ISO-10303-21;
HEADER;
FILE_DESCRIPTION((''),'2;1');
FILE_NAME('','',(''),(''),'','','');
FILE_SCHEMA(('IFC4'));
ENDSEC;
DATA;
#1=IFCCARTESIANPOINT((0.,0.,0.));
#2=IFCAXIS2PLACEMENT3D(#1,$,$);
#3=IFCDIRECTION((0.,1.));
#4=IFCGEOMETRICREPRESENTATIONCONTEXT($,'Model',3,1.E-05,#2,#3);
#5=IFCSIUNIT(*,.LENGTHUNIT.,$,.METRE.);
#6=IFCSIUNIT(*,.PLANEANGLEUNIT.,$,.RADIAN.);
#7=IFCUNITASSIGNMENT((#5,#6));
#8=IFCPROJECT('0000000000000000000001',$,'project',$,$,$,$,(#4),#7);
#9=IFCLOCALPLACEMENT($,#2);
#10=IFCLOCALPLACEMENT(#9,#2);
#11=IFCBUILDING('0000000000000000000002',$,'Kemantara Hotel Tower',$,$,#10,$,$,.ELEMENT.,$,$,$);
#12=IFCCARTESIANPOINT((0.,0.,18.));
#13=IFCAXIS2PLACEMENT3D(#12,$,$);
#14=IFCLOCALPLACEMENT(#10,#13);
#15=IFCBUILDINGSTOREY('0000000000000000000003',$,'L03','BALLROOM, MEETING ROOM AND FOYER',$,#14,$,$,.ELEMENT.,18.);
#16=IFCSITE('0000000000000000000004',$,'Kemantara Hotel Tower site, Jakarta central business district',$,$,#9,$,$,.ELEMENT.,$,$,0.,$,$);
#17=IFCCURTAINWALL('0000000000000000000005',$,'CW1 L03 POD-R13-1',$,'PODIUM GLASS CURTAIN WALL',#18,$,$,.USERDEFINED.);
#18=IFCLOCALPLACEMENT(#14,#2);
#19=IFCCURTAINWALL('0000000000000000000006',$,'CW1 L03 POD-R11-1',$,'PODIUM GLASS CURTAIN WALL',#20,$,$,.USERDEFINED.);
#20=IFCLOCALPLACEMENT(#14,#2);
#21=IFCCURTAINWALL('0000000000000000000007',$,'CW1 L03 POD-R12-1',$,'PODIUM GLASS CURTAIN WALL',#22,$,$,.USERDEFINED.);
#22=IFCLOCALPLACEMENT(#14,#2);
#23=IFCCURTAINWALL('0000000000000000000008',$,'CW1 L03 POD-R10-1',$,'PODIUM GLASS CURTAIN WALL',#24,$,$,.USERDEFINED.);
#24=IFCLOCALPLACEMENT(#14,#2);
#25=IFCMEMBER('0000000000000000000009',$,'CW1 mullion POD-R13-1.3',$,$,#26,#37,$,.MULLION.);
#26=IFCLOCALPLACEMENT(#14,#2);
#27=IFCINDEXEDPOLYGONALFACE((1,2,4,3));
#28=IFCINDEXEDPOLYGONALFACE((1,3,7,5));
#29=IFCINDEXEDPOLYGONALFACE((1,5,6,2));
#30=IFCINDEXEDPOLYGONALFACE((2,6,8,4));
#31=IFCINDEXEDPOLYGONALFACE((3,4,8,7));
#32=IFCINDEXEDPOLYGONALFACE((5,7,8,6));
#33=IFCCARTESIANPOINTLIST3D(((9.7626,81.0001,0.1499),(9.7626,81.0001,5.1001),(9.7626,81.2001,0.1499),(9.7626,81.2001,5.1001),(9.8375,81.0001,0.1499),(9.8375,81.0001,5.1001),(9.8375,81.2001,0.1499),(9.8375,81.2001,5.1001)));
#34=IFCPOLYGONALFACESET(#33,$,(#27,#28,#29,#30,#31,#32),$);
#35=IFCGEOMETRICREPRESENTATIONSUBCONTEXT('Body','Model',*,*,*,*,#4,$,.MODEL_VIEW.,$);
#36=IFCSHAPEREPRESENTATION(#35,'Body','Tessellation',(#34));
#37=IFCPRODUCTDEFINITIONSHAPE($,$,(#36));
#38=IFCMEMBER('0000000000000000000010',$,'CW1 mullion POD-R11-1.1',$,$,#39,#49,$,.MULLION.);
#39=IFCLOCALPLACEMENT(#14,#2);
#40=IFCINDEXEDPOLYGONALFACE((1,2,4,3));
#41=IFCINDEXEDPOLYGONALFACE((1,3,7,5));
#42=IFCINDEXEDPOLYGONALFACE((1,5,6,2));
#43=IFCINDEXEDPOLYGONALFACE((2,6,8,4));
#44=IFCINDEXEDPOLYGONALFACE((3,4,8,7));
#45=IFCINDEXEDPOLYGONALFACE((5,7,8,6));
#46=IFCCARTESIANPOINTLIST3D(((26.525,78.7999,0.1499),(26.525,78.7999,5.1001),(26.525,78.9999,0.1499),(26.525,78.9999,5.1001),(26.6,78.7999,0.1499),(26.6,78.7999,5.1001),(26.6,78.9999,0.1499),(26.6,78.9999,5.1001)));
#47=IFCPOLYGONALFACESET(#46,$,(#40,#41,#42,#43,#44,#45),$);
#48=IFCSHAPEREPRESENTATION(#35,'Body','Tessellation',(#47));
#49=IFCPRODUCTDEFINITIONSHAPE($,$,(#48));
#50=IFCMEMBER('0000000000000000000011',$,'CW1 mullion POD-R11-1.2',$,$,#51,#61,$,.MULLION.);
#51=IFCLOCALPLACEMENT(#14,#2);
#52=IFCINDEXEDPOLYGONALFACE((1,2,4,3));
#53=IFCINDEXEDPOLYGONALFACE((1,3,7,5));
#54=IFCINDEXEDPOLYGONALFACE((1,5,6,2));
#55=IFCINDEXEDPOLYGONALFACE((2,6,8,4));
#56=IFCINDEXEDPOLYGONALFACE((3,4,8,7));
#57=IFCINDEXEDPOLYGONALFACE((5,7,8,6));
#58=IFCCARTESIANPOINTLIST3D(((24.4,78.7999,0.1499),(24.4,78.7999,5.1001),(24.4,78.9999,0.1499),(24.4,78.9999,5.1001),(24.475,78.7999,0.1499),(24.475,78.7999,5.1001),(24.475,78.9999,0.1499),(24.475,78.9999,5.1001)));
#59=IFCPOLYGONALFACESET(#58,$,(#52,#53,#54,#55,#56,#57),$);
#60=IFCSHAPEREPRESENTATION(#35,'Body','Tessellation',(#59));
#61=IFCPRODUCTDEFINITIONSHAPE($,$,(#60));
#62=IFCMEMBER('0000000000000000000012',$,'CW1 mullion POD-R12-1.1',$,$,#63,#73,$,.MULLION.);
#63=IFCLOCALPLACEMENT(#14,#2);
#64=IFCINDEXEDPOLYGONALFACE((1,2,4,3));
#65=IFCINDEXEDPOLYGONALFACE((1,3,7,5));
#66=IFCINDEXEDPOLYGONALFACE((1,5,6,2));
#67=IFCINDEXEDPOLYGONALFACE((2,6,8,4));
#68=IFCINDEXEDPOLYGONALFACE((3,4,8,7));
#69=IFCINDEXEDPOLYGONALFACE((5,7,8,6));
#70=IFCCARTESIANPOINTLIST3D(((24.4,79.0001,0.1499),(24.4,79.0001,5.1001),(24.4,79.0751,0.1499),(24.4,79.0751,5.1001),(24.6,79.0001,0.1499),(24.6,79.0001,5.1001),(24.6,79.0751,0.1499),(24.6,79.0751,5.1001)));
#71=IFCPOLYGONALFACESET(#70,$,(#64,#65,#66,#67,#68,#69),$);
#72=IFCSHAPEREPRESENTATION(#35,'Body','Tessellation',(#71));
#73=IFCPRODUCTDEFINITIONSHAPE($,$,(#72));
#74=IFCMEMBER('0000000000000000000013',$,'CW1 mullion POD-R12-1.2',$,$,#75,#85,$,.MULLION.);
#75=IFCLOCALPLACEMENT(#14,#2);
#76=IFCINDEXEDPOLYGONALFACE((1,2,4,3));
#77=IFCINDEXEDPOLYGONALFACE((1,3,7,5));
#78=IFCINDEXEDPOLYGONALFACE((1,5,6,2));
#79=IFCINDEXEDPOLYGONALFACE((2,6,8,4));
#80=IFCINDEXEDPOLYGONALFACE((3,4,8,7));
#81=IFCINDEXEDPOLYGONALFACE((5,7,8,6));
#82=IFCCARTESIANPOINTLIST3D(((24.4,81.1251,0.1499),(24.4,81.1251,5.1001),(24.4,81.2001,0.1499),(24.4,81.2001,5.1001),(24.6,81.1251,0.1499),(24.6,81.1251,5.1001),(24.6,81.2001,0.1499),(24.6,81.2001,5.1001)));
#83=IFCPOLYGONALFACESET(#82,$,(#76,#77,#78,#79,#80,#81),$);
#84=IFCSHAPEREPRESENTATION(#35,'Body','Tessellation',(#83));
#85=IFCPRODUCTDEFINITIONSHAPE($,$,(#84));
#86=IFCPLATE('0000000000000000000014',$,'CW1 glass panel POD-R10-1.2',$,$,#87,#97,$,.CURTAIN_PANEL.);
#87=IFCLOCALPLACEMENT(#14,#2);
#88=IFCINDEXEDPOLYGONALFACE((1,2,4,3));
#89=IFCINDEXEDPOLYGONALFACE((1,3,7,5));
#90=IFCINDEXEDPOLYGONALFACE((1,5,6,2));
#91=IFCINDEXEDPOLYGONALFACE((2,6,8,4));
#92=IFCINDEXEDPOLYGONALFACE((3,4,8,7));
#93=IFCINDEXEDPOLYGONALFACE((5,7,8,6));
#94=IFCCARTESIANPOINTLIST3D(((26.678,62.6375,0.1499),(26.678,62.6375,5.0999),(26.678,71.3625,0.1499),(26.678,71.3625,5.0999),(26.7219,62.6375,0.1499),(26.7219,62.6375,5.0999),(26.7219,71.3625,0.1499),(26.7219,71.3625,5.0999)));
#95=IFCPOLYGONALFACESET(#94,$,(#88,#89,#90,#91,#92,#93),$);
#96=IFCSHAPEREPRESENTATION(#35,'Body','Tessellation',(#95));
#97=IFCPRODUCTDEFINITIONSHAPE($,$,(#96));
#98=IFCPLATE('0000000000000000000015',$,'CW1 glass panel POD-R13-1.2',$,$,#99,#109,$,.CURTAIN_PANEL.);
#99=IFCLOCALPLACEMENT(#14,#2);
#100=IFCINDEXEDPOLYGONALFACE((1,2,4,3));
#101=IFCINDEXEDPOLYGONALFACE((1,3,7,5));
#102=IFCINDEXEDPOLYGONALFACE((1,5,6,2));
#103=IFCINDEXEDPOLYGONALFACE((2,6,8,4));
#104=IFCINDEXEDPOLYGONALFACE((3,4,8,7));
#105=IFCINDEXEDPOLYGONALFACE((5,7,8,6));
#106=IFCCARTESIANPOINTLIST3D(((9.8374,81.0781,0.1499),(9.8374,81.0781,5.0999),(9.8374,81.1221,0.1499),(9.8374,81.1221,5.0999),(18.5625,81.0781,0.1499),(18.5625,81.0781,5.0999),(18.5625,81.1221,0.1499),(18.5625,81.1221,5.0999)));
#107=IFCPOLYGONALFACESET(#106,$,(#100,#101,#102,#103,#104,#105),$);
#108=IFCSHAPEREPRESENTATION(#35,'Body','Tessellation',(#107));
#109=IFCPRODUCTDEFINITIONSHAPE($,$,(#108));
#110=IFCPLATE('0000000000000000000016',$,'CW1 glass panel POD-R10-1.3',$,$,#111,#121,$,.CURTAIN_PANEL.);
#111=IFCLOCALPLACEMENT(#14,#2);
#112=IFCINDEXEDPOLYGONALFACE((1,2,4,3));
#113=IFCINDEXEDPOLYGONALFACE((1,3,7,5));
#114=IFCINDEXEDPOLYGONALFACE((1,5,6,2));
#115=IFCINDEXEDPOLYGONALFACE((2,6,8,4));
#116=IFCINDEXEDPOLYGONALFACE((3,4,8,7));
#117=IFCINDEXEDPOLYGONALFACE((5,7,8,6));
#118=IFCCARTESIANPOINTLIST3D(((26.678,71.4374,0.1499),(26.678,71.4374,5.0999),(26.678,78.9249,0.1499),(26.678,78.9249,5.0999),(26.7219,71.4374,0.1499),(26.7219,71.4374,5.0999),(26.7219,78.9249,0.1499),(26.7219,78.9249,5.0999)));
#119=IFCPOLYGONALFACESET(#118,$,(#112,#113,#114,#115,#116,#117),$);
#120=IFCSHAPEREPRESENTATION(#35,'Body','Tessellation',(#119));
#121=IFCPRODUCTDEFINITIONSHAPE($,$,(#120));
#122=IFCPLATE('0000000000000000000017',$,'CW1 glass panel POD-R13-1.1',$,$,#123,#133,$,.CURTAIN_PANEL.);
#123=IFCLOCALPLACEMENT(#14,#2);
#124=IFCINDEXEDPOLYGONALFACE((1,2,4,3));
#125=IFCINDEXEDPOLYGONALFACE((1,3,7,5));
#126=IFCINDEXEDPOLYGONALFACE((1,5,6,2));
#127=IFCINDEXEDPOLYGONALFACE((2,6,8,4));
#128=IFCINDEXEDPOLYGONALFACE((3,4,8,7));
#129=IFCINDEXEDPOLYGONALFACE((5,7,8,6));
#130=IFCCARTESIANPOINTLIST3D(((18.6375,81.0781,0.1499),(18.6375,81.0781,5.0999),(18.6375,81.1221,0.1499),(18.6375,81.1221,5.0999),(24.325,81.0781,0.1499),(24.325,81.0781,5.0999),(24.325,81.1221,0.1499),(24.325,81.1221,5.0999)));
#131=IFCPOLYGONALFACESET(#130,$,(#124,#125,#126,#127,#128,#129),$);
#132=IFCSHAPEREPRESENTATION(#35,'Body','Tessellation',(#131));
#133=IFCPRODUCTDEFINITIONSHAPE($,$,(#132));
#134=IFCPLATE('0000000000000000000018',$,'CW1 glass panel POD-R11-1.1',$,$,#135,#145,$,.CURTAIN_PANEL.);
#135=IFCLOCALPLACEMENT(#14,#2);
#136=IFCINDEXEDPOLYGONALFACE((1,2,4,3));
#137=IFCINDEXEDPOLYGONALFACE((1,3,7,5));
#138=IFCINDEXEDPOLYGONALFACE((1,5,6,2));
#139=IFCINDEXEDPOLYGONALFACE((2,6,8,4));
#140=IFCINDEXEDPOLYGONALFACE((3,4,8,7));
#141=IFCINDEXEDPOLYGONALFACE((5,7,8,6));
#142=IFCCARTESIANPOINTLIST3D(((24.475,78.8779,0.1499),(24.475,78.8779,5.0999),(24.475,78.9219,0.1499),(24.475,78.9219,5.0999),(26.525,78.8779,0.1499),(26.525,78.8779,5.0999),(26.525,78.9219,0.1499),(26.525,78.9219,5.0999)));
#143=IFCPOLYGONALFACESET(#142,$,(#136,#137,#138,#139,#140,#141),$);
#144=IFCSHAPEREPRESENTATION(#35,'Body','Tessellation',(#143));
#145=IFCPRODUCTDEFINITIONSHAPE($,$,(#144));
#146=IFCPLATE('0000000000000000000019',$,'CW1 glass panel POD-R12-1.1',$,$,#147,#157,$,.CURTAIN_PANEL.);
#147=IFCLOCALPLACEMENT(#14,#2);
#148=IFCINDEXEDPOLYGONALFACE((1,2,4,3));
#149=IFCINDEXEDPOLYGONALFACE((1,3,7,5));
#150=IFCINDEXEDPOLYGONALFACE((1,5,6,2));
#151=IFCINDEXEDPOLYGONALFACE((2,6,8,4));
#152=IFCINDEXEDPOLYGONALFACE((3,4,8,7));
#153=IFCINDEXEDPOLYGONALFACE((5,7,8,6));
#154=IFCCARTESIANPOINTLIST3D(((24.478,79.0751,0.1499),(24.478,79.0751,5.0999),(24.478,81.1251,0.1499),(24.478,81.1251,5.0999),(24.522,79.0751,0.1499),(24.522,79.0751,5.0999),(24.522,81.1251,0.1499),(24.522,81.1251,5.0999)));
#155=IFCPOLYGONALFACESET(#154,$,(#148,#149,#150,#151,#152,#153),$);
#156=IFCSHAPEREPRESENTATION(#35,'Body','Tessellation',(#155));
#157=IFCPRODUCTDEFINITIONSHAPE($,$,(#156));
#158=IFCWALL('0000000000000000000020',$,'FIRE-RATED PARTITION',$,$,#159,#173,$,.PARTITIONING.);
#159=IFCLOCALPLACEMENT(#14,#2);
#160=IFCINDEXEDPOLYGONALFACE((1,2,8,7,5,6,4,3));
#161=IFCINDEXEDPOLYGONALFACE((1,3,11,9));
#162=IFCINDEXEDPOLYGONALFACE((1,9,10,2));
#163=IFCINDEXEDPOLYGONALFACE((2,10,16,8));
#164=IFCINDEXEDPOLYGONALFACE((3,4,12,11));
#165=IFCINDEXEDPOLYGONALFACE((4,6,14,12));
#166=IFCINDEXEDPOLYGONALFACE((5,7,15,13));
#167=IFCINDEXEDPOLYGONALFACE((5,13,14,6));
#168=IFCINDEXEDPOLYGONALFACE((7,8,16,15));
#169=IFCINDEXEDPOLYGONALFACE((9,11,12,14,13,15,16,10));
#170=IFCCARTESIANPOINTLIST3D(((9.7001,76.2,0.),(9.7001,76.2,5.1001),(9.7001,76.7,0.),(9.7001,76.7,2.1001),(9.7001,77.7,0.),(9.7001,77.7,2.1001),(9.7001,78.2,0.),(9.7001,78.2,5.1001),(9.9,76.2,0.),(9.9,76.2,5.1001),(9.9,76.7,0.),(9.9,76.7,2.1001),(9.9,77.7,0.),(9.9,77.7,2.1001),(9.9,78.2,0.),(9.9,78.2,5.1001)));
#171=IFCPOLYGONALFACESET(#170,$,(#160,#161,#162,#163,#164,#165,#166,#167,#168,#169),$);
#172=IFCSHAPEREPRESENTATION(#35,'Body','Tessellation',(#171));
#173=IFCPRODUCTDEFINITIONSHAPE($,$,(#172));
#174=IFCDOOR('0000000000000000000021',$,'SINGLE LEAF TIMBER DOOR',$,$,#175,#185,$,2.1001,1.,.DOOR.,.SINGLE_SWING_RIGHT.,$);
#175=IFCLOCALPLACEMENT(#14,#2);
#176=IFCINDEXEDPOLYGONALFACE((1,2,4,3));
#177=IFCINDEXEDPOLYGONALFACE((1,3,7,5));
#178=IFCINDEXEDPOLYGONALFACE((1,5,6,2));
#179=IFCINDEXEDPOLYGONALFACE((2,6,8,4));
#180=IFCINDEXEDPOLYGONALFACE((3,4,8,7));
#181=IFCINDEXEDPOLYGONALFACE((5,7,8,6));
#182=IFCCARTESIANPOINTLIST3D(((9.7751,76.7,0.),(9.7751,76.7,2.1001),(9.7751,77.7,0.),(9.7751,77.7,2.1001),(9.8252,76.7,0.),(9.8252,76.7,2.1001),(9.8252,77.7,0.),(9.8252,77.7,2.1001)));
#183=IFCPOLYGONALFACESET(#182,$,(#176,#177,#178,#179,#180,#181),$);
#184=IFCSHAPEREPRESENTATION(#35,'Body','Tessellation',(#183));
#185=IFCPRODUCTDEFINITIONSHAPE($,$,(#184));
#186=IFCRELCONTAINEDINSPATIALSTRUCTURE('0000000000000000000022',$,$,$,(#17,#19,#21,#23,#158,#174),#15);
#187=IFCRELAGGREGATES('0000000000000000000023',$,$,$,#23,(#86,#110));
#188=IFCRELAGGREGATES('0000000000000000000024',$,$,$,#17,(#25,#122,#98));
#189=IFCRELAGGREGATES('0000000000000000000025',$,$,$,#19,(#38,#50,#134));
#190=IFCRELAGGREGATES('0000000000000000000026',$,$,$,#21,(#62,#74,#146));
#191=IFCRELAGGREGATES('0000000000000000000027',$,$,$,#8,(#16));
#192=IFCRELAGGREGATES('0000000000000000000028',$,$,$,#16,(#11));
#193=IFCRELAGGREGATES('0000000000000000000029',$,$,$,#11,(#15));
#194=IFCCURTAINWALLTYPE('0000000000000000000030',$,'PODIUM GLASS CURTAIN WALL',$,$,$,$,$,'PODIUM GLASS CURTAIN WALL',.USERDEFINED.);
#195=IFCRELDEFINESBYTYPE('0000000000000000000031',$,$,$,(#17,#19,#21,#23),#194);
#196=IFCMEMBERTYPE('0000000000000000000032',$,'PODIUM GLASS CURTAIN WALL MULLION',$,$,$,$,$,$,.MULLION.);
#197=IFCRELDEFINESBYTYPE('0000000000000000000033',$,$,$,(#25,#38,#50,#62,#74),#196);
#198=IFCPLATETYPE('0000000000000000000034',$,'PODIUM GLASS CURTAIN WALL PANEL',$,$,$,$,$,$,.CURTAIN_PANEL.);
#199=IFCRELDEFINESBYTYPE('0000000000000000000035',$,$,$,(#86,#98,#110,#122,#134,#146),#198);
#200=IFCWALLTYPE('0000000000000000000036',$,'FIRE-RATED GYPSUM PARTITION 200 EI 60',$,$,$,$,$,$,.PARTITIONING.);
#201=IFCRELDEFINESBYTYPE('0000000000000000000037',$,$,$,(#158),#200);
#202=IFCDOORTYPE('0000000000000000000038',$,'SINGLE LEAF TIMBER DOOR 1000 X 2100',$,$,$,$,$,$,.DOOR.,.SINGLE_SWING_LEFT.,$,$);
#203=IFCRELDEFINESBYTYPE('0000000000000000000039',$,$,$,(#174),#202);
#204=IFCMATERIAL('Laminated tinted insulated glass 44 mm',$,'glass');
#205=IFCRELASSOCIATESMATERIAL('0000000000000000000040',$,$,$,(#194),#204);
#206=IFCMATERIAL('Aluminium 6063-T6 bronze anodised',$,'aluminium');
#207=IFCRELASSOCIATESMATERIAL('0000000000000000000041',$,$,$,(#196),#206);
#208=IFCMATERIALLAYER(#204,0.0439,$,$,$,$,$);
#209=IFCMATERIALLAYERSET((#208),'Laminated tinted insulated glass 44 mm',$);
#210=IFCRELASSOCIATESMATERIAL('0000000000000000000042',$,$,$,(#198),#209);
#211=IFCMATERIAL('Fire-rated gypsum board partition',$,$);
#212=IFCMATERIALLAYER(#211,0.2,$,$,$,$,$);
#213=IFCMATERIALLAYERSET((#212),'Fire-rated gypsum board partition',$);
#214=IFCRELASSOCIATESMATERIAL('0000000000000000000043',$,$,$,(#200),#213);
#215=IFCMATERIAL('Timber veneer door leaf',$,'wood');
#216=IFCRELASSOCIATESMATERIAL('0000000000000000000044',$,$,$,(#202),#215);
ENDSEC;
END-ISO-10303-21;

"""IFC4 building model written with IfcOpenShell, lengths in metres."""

from ifc_helpers import new_model, si_unit, direction, frame, frame_2d, origin, origin_2d, place, context, subcontext, project, spatial, rectangle, extrude, source, transform, mapped, material, layer, layer_set, material_profile, profile_set, type_object, element, fill, aggregate, save


model = new_model("IFC4")

# Units and contexts
model_context = context("Model", 3, precision=1e-05, world=origin(), true_north=direction((0.0, 1.0)))
body_context = subcontext(model_context, "Body", "Model", "MODEL_VIEW")
ifc_project = project(units=[si_unit("LENGTHUNIT", "METRE"), si_unit("PLANEANGLEUNIT", "RADIAN")], contexts=[model_context])

# Site, building, storey
site_placement = place(None, origin())
site = spatial("IfcSite", under=ifc_project, at=site_placement, Name="Kemantara Hotel Tower site, Jakarta central business district", CompositionType="ELEMENT", RefElevation=0.0)
building_placement = place(site_placement, origin())
building = spatial("IfcBuilding", under=site, at=building_placement, Name="Kemantara Hotel Tower", CompositionType="ELEMENT")
storey_placement = place(building_placement, frame((0.0, 0.0, 18.0)))
storey = spatial("IfcBuildingStorey", under=building, at=storey_placement, Name="L03", Description="BALLROOM, MEETING ROOM AND FOYER", CompositionType="ELEMENT", Elevation=18.0)

# Curtain walls
ifc_material_1 = material(Name="Laminated tinted insulated glass 44 mm", Category="glass")
curtain_wall_type = type_object("IfcCurtainWallType", Name="PODIUM GLASS CURTAIN WALL", ElementType="PODIUM GLASS CURTAIN WALL", PredefinedType="USERDEFINED", material=ifc_material_1)
curtain_wall_1_placement = place(storey_placement, origin())
curtain_wall_1 = element("IfcCurtainWall", 1, at=curtain_wall_1_placement, inside=storey, type_object=curtain_wall_type, Name="CW1 L03 POD-R13-1", ObjectType="PODIUM GLASS CURTAIN WALL", PredefinedType="USERDEFINED")
ifc_material_2 = material(Name="Aluminium 6063-T6 bronze anodised", Category="aluminium")
curtain_wall_2_placement = place(storey_placement, origin())
curtain_wall_2 = element("IfcCurtainWall", 2, at=curtain_wall_2_placement, inside=storey, type_object=curtain_wall_type, Name="CW1 L03 POD-R11-1", ObjectType="PODIUM GLASS CURTAIN WALL", PredefinedType="USERDEFINED")
curtain_wall_3_placement = place(storey_placement, origin())
curtain_wall_3 = element("IfcCurtainWall", 3, at=curtain_wall_3_placement, inside=storey, type_object=curtain_wall_type, Name="CW1 L03 POD-R12-1", ObjectType="PODIUM GLASS CURTAIN WALL", PredefinedType="USERDEFINED")

# Curtain wall
curtain_wall_4_placement = place(storey_placement, origin())
curtain_wall_4 = element("IfcCurtainWall", 4, at=curtain_wall_4_placement, inside=storey, type_object=curtain_wall_type, Name="CW1 L03 POD-R10-1", ObjectType="PODIUM GLASS CURTAIN WALL", PredefinedType="USERDEFINED")
ifc_material_profile_1 = material_profile(ifc_material_2, rectangle(XDim=0.2, YDim=0.075, at=origin_2d()), Name="PODIUM GLASS CURTAIN WALL MULLION")
ifc_profile_set_1 = profile_set([ifc_material_profile_1], Name="Aluminium 6063-T6 bronze anodised")
member_type_1 = type_object("IfcMemberType", Name="PODIUM GLASS CURTAIN WALL MULLION", PredefinedType="MULLION", material=ifc_profile_set_1)
shared_shape_1 = source(origin(), body_context, "Body", "SweptSolid", [
    extrude(rectangle(XDim=0.2, YDim=0.075, at=origin_2d()), origin(), (0.0, 0.0, 1.0), 4.9502),
])

# Members
member_1_placement = place(storey_placement, frame((9.8, 81.1001, 0.1499), z_axis=(0.0, 0.0, 1.0), x_axis=(0.0, -1.0, 0.0)))
member_1 = element("IfcMember", 5, at=member_1_placement, type_object=member_type_1, Name="CW1 mullion POD-R13-1.3", PredefinedType="MULLION", context=body_context, shape_type="MappedRepresentation", body=[
    mapped(shared_shape_1, transform((0.0, 0.0, 0.0))),
])
member_2_placement = place(storey_placement, frame((26.5625, 78.8999, 0.1499), z_axis=(0.0, 0.0, 1.0), x_axis=(0.0, -1.0, 0.0)))
member_2 = element("IfcMember", 6, at=member_2_placement, type_object=member_type_1, Name="CW1 mullion POD-R11-1.1", PredefinedType="MULLION", context=body_context, shape_type="MappedRepresentation", body=[
    mapped(shared_shape_1, transform((0.0, 0.0, 0.0))),
])
member_3_placement = place(storey_placement, frame((24.4375, 78.8999, 0.1499), z_axis=(0.0, 0.0, 1.0), x_axis=(0.0, -1.0, 0.0)))
member_3 = element("IfcMember", 7, at=member_3_placement, type_object=member_type_1, Name="CW1 mullion POD-R11-1.2", PredefinedType="MULLION", context=body_context, shape_type="MappedRepresentation", body=[
    mapped(shared_shape_1, transform((0.0, 0.0, 0.0))),
])
member_4_placement = place(storey_placement, frame((24.5, 79.0376, 0.1499), z_axis=(0.0, 0.0, 1.0), x_axis=(-1.0, 0.0, 0.0)))
member_4 = element("IfcMember", 8, at=member_4_placement, type_object=member_type_1, Name="CW1 mullion POD-R12-1.1", PredefinedType="MULLION", context=body_context, shape_type="MappedRepresentation", body=[
    mapped(shared_shape_1, transform((0.0, 0.0, 0.0))),
])
member_5_placement = place(storey_placement, frame((24.5, 81.1626, 0.1499), z_axis=(0.0, 0.0, 1.0), x_axis=(-1.0, 0.0, 0.0)))
member_5 = element("IfcMember", 9, at=member_5_placement, type_object=member_type_1, Name="CW1 mullion POD-R12-1.2", PredefinedType="MULLION", context=body_context, shape_type="MappedRepresentation", body=[
    mapped(shared_shape_1, transform((0.0, 0.0, 0.0))),
])

# Plates
ifc_layer_1 = layer(ifc_material_1, 0.0439)
ifc_layer_set_1 = layer_set([ifc_layer_1], Name="Laminated tinted insulated glass 44 mm")
plate_type = type_object("IfcPlateType", Name="PODIUM GLASS CURTAIN WALL PANEL", PredefinedType="CURTAIN_PANEL", material=ifc_layer_set_1)
shared_shape_2 = source(origin(), body_context, "Body", "SweptSolid", [
    extrude(rectangle(XDim=8.7251, YDim=0.0439, at=origin_2d()), origin(), (0.0, 0.0, 1.0), 4.95),
])
plate_1_placement = place(storey_placement, frame((26.7, 67.0, 0.1499), z_axis=(0.0, 0.0, 1.0), x_axis=(0.0, 1.0, 0.0)))
plate_1 = element("IfcPlate", 10, at=plate_1_placement, type_object=plate_type, Name="CW1 glass panel POD-R10-1.2", PredefinedType="CURTAIN_PANEL", context=body_context, shape_type="MappedRepresentation", body=[
    mapped(shared_shape_2, transform((0.0, 0.0, 0.0))),
])
plate_2_placement = place(storey_placement, frame((14.2, 81.1001, 0.1499), z_axis=(0.0, 0.0, 1.0), x_axis=(-1.0, 0.0, 0.0)))
plate_2 = element("IfcPlate", 11, at=plate_2_placement, type_object=plate_type, Name="CW1 glass panel POD-R13-1.2", PredefinedType="CURTAIN_PANEL", context=body_context, shape_type="MappedRepresentation", body=[
    mapped(shared_shape_2, transform((0.0, 0.0, 0.0))),
])
shared_shape_3 = source(origin(), body_context, "Body", "SweptSolid", [
    extrude(rectangle(XDim=7.4875, YDim=0.0439, at=origin_2d()), origin(), (0.0, 0.0, 1.0), 4.95),
])
plate_3_placement = place(storey_placement, frame((26.7, 75.1812, 0.1499), z_axis=(0.0, 0.0, 1.0), x_axis=(0.0, 1.0, 0.0)))
plate_3 = element("IfcPlate", 12, at=plate_3_placement, type_object=plate_type, Name="CW1 glass panel POD-R10-1.3", PredefinedType="CURTAIN_PANEL", context=body_context, shape_type="MappedRepresentation", body=[
    mapped(shared_shape_3, transform((0.0, 0.0, 0.0))),
])
aggregate(curtain_wall_4, [plate_1, plate_3])
shared_shape_4 = source(origin(), body_context, "Body", "SweptSolid", [
    extrude(rectangle(XDim=5.6875, YDim=0.0439, at=origin_2d()), origin(), (0.0, 0.0, 1.0), 4.95),
])
plate_4_placement = place(storey_placement, frame((21.4812, 81.1001, 0.1499), z_axis=(0.0, 0.0, 1.0), x_axis=(-1.0, 0.0, 0.0)))
plate_4 = element("IfcPlate", 13, at=plate_4_placement, type_object=plate_type, Name="CW1 glass panel POD-R13-1.1", PredefinedType="CURTAIN_PANEL", context=body_context, shape_type="MappedRepresentation", body=[
    mapped(shared_shape_4, transform((0.0, 0.0, 0.0))),
])
aggregate(curtain_wall_1, [member_1, plate_4, plate_2])
shared_shape_5 = source(origin(), body_context, "Body", "SweptSolid", [
    extrude(rectangle(XDim=2.05, YDim=0.0439, at=origin_2d()), origin(), (0.0, 0.0, 1.0), 4.95),
])
plate_5_placement = place(storey_placement, frame((25.5, 78.8999, 0.1499), z_axis=(0.0, 0.0, 1.0), x_axis=(-1.0, 0.0, 0.0)))
plate_5 = element("IfcPlate", 14, at=plate_5_placement, type_object=plate_type, Name="CW1 glass panel POD-R11-1.1", PredefinedType="CURTAIN_PANEL", context=body_context, shape_type="MappedRepresentation", body=[
    mapped(shared_shape_5, transform((0.0, 0.0, 0.0))),
])
aggregate(curtain_wall_2, [member_2, member_3, plate_5])
plate_6_placement = place(storey_placement, frame((24.5, 80.1001, 0.1499), z_axis=(0.0, 0.0, 1.0), x_axis=(0.0, 1.0, 0.0)))
plate_6 = element("IfcPlate", 15, at=plate_6_placement, type_object=plate_type, Name="CW1 glass panel POD-R12-1.1", PredefinedType="CURTAIN_PANEL", context=body_context, shape_type="MappedRepresentation", body=[
    mapped(shared_shape_5, transform((0.0, 0.0, 0.0))),
])
aggregate(curtain_wall_3, [member_4, member_5, plate_6])

# Wall, opening, door
ifc_material_3 = material(Name="Fire-rated gypsum board partition")
ifc_layer_2 = layer(ifc_material_3, 0.2)
ifc_layer_set_2 = layer_set([ifc_layer_2], Name="Fire-rated gypsum board partition")
wall_type_1 = type_object("IfcWallType", Name="FIRE-RATED GYPSUM PARTITION 200 EI 60", PredefinedType="PARTITIONING", material=ifc_layer_set_2)
wall_1_placement = place(storey_placement, frame((9.8, 76.2, 0.0), z_axis=(0.0, 0.0, 1.0), x_axis=(0.0, 1.0, 0.0)))
wall_1 = element("IfcWall", 16, at=wall_1_placement, inside=storey, type_object=wall_type_1, Name="FIRE-RATED PARTITION", PredefinedType="PARTITIONING", context=body_context, shape_type="SweptSolid", body=[
    extrude(rectangle(XDim=2.0, YDim=0.2, at=frame_2d((1.0, 0.0))), origin(), (0.0, 0.0, 1.0), 5.1001),
])
opening_placement = place(wall_1_placement, frame((0.5, 0.0, 0.0)))
opening = element("IfcOpeningElement", 17, at=opening_placement, cuts=wall_1, PredefinedType="OPENING", context=body_context, shape_type="SweptSolid", body=[
    extrude(rectangle(XDim=1.0, YDim=2.1001, at=frame_2d((0.5, 1.05))), frame((0.0, 0.1099, 0.0), z_axis=(0.0, -1.0, 0.0), x_axis=(1.0, 0.0, 0.0)), (0.0, 0.0, 1.0), 0.22),
])
ifc_material_4 = material(Name="Timber veneer door leaf", Category="wood")
door_type = type_object("IfcDoorType", Name="SINGLE LEAF TIMBER DOOR 1000 X 2100", OperationType="SINGLE_SWING_LEFT", PredefinedType="DOOR", material=ifc_material_4)
door_placement = place(opening_placement, origin())
door = element("IfcDoor", 18, at=door_placement, inside=storey, type_object=door_type, Name="SINGLE LEAF TIMBER DOOR", OperationType="SINGLE_SWING_RIGHT", OverallHeight=2.1001, OverallWidth=1.0, PredefinedType="DOOR", context=body_context, shape_type="SweptSolid", body=[
    extrude(rectangle(XDim=1.0, YDim=2.1001, at=frame_2d((0.5, 1.05))), frame((0.0, 0.0249, 0.0), z_axis=(0.0, -1.0, 0.0), x_axis=(1.0, 0.0, 0.0)), (0.0, 0.0, 1.0), 0.05),
])
fill(opening, door)

save(model, "model.ifc")
